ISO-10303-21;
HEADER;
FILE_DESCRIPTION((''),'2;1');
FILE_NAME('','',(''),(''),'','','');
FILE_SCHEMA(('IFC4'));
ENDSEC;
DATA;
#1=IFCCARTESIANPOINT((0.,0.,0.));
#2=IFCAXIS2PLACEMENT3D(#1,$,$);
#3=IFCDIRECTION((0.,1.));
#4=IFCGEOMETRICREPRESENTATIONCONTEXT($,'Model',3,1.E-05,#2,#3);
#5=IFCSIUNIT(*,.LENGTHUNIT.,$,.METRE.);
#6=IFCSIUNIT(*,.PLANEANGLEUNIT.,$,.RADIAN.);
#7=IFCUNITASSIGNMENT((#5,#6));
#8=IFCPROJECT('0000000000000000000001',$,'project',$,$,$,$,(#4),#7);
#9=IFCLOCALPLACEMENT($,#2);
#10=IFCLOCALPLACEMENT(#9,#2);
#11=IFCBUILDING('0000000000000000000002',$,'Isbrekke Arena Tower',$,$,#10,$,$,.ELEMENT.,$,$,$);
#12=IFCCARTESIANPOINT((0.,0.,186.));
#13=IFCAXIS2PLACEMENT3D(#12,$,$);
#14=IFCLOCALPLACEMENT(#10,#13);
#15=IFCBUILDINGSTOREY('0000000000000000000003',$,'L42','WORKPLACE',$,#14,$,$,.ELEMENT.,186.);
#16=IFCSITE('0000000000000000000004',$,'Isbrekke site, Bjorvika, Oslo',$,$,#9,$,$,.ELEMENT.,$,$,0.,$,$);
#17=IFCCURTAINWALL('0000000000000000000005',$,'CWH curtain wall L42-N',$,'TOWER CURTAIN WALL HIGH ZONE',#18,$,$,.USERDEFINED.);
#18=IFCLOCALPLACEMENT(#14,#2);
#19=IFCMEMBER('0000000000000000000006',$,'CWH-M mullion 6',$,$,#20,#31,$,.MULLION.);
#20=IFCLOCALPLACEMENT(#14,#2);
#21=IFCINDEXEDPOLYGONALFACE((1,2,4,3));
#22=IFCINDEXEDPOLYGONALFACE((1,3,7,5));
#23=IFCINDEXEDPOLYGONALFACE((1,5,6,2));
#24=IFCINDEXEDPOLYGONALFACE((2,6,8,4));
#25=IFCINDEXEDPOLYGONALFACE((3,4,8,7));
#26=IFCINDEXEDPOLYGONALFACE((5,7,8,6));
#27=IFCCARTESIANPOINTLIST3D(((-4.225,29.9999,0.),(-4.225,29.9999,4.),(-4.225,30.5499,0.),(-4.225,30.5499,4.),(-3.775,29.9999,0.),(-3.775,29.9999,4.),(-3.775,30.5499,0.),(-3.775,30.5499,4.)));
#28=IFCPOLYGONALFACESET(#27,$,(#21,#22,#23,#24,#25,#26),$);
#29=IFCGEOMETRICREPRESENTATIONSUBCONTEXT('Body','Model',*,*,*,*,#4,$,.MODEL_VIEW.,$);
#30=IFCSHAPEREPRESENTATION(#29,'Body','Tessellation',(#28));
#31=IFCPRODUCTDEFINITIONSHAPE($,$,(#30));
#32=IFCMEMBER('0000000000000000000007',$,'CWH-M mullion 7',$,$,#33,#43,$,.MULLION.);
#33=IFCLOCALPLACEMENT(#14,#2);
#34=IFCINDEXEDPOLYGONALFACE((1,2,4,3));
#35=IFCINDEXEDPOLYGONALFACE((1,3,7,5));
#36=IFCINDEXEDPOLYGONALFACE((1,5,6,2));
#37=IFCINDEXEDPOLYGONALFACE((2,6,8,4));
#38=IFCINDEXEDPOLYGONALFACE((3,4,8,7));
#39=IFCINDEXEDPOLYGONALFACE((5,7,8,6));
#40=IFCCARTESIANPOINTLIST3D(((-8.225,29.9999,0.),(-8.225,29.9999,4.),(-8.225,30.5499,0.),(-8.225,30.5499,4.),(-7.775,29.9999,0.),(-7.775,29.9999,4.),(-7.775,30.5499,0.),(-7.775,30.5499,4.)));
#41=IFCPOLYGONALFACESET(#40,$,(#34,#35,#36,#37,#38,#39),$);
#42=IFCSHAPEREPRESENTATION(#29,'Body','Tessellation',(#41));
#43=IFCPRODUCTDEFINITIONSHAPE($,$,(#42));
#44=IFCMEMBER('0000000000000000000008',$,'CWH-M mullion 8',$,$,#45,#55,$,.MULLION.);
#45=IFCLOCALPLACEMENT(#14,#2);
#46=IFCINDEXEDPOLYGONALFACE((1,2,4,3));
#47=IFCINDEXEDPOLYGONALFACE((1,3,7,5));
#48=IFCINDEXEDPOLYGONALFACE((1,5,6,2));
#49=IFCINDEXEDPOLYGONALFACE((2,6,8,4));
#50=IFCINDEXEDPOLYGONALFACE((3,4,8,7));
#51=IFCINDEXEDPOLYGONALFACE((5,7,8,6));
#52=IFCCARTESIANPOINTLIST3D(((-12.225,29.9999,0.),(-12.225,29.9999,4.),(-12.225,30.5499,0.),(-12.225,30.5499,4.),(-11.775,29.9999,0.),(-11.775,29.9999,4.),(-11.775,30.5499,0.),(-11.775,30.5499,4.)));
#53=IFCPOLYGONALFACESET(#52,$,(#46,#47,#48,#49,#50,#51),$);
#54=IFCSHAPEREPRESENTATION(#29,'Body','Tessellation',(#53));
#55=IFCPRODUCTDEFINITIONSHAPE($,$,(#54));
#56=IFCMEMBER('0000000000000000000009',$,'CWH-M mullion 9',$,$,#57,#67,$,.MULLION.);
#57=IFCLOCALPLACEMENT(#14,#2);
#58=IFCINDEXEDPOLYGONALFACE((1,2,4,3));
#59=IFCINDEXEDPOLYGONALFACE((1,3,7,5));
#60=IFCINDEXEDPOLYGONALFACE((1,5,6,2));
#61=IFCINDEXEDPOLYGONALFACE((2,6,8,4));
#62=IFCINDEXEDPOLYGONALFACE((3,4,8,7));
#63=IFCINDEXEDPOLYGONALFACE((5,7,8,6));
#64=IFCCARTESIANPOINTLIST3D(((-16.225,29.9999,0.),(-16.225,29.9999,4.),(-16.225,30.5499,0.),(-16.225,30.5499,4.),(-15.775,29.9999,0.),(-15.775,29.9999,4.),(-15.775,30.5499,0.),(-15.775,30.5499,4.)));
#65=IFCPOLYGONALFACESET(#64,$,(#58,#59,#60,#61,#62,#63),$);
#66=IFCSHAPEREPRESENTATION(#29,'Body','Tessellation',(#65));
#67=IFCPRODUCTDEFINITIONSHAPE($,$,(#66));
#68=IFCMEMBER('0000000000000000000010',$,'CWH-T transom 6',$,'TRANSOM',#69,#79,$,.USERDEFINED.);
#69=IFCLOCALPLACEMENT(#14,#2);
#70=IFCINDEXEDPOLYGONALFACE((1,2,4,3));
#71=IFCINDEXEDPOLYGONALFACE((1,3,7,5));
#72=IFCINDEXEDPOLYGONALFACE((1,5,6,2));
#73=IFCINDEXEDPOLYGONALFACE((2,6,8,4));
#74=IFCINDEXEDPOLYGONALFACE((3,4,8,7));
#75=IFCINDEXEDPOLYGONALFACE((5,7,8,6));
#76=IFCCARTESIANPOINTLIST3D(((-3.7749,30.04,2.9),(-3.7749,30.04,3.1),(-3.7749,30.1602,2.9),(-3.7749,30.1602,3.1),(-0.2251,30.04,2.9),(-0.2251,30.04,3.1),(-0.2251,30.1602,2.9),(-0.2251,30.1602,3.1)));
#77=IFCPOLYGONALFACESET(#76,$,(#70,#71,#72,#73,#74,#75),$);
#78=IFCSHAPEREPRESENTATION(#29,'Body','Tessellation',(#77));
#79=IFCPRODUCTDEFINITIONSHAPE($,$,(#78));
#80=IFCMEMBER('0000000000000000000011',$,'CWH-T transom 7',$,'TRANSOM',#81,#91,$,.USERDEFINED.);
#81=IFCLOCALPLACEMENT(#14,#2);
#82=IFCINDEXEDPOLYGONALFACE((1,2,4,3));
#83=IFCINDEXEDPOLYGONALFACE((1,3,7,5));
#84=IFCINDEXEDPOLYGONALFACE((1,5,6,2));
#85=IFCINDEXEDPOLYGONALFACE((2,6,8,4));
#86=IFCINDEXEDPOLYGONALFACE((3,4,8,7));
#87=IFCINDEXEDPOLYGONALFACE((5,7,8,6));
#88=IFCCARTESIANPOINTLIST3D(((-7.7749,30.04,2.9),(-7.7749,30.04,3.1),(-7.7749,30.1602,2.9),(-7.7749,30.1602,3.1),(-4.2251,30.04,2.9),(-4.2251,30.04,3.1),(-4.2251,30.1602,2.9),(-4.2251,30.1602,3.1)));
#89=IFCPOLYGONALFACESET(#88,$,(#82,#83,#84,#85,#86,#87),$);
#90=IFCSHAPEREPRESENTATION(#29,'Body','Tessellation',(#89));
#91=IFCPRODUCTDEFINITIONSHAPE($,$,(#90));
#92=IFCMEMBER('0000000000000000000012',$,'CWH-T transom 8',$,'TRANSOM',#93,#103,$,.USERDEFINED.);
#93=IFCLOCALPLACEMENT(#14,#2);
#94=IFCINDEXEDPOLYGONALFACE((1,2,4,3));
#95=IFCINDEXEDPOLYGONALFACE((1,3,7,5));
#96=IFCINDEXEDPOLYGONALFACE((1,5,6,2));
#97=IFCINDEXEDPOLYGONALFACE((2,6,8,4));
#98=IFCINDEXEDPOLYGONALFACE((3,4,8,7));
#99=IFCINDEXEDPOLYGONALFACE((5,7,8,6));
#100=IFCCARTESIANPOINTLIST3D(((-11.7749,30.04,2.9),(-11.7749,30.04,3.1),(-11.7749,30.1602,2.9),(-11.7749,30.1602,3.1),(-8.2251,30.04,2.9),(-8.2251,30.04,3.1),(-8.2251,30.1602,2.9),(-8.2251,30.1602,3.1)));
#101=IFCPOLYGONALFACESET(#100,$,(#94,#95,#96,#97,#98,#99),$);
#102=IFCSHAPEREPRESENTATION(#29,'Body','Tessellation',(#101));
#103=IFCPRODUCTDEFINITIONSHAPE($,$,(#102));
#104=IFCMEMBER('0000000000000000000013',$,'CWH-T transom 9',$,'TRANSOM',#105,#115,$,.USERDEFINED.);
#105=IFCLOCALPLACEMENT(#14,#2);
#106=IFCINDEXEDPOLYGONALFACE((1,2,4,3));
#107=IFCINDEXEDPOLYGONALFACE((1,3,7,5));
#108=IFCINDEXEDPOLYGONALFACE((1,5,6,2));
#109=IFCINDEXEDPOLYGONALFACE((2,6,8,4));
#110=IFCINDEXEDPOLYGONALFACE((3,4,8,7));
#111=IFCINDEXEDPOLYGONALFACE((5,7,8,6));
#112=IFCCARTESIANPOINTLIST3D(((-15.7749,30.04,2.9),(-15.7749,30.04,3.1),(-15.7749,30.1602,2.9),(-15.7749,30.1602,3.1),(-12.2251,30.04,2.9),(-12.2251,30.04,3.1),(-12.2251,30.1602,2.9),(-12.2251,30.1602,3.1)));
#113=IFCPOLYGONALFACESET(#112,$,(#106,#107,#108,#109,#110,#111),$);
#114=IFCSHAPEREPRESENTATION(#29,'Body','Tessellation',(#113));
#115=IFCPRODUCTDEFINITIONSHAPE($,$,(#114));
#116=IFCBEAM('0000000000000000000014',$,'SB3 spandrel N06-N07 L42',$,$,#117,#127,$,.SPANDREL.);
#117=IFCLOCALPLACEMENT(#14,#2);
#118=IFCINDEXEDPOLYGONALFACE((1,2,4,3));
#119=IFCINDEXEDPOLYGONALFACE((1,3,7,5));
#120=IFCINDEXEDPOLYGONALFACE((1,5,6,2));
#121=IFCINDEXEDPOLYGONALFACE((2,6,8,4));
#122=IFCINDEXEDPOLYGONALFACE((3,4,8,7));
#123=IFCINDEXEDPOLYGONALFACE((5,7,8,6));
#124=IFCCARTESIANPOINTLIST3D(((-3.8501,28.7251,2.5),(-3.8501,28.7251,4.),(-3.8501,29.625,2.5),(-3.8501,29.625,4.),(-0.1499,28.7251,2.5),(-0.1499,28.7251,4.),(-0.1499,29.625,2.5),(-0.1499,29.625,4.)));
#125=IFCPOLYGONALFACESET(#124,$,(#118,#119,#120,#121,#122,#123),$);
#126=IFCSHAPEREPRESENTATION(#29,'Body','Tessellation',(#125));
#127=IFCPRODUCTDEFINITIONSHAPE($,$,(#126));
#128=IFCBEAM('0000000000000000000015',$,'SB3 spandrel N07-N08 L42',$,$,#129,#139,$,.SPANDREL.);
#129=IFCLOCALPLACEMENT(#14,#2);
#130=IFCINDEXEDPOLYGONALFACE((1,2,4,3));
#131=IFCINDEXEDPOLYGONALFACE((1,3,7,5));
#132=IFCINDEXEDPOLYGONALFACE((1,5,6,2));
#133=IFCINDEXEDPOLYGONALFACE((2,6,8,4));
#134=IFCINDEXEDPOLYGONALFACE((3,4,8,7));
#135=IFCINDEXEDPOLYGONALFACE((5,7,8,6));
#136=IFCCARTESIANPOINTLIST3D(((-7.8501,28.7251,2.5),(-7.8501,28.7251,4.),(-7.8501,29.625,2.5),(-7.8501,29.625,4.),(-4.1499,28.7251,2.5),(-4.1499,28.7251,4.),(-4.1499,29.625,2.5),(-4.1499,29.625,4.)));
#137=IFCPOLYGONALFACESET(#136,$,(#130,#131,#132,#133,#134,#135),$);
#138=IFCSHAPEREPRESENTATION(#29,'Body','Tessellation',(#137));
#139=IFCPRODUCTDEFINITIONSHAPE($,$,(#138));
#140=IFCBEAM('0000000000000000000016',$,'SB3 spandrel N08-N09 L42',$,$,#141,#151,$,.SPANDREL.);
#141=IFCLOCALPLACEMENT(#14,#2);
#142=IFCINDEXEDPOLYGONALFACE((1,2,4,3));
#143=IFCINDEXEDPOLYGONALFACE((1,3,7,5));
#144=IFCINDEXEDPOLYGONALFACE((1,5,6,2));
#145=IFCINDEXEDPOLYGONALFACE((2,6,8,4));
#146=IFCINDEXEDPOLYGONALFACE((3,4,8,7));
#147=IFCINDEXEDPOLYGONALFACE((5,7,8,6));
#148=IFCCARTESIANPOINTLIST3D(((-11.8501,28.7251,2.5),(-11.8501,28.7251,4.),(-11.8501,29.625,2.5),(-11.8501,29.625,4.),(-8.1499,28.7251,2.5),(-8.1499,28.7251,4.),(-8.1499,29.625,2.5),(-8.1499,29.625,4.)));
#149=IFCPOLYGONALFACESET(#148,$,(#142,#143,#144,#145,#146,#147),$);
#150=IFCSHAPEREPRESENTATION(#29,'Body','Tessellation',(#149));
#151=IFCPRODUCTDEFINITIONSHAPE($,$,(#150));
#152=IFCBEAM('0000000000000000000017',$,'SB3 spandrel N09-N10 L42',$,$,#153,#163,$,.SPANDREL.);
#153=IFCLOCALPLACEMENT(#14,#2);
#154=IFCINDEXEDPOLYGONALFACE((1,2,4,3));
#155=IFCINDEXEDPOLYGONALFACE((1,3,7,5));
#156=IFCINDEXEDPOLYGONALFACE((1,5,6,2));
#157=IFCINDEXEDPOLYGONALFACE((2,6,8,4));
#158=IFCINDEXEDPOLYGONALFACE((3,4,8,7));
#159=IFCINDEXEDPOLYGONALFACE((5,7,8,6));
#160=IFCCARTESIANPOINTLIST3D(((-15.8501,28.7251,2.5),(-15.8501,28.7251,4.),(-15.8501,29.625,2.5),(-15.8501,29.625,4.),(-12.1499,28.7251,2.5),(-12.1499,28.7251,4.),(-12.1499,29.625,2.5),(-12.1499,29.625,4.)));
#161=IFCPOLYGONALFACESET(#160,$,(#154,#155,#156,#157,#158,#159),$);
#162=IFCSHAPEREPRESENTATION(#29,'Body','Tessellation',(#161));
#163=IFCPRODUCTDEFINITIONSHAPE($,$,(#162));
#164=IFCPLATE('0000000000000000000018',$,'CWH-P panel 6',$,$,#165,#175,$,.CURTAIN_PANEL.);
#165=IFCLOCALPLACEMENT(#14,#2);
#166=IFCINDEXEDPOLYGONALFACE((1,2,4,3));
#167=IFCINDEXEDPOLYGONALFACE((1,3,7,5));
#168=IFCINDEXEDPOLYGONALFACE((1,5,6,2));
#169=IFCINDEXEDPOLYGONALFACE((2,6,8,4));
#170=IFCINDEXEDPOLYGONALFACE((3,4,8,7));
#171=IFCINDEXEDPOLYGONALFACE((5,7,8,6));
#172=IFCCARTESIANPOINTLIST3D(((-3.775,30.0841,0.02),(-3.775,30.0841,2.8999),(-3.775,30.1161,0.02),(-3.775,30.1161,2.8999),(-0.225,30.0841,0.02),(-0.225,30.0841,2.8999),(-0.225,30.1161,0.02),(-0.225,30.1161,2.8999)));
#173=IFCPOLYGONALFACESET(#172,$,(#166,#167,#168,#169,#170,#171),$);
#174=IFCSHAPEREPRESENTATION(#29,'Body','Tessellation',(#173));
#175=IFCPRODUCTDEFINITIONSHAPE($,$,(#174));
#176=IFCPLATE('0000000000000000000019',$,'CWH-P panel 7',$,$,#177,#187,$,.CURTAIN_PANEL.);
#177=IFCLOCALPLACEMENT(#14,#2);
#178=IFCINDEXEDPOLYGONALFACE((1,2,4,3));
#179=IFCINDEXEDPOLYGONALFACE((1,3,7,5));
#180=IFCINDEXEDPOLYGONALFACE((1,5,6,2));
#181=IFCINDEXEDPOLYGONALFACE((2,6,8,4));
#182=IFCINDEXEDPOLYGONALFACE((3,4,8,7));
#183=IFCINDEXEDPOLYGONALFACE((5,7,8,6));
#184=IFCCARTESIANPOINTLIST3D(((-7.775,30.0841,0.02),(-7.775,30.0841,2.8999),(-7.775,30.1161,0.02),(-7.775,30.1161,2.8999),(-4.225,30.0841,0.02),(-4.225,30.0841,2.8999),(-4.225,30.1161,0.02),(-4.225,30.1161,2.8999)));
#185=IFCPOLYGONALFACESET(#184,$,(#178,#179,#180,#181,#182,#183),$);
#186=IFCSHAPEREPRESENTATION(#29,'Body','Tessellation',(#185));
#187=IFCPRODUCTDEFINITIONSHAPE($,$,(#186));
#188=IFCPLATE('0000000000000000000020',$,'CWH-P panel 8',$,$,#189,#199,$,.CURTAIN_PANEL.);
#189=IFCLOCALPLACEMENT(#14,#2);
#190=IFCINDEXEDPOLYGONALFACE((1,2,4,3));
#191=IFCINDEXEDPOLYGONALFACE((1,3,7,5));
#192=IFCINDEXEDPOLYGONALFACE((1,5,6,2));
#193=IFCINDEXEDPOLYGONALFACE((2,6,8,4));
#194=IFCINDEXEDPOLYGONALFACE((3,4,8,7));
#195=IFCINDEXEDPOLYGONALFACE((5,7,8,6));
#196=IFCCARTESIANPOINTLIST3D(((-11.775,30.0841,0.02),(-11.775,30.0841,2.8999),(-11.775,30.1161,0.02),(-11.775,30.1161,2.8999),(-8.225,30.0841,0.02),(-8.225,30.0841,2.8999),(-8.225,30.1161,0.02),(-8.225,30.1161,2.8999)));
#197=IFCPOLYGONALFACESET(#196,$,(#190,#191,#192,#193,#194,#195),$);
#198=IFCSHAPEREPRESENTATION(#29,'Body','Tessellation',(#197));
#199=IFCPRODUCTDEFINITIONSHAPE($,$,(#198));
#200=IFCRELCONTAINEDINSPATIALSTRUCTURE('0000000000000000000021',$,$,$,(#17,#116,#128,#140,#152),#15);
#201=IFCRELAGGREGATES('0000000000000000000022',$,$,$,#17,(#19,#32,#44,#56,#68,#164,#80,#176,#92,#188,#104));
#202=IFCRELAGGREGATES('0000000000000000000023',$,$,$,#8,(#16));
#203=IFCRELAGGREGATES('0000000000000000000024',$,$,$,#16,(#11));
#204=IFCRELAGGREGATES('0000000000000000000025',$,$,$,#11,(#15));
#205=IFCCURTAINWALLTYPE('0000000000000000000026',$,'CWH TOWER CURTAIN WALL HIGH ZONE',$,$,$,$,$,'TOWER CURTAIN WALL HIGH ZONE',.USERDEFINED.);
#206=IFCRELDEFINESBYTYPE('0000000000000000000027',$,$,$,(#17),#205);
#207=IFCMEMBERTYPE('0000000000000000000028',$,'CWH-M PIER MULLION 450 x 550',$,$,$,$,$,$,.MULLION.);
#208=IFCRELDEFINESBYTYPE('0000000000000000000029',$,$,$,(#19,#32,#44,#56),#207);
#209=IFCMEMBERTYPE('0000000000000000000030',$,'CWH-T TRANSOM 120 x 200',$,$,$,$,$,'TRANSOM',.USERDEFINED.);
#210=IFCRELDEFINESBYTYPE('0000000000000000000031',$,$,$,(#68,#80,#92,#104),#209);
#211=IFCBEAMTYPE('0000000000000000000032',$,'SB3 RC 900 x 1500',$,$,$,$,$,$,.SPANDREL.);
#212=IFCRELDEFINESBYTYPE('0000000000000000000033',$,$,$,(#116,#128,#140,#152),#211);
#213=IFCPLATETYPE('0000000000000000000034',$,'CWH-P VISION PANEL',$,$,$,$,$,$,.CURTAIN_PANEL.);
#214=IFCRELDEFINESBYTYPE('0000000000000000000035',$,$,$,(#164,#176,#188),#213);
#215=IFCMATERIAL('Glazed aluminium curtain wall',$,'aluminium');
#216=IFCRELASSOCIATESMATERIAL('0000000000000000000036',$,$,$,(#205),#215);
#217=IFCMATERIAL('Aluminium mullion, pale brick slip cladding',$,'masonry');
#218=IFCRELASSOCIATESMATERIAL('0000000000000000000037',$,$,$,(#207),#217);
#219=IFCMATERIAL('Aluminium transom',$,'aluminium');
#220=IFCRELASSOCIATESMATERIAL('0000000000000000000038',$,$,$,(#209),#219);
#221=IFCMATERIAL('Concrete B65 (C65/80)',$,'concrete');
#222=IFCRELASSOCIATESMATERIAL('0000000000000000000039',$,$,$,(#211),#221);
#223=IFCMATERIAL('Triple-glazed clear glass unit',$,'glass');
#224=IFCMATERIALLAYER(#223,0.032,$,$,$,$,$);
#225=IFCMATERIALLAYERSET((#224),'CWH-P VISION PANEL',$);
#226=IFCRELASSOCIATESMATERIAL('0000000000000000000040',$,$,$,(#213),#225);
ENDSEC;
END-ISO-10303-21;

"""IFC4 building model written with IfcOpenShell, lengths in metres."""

from ifc_helpers import new_model, si_unit, direction, frame, origin, origin_2d, place, context, subcontext, project, spatial, rectangle, extrude, material, layer, layer_set, material_profile, profile_set, type_object, element, aggregate, save


model = new_model("IFC4")

# Units and contexts
model_context = context("Model", 3, precision=1e-05, world=origin(), true_north=direction((0.0, 1.0)))
body_context = subcontext(model_context, "Body", "Model", "MODEL_VIEW")
ifc_project = project(units=[si_unit("LENGTHUNIT", "METRE"), si_unit("PLANEANGLEUNIT", "RADIAN")], contexts=[model_context])

# Site, building, storey
site_placement = place(None, origin())
site = spatial("IfcSite", under=ifc_project, at=site_placement, Name="Isbrekke site, Bjorvika, Oslo", CompositionType="ELEMENT", RefElevation=0.0)
building_placement = place(site_placement, origin())
building = spatial("IfcBuilding", under=site, at=building_placement, Name="Isbrekke Arena Tower", CompositionType="ELEMENT")
storey_placement = place(building_placement, frame((0.0, 0.0, 186.0)))
storey = spatial("IfcBuildingStorey", under=building, at=storey_placement, Name="L42", Description="WORKPLACE", CompositionType="ELEMENT", Elevation=186.0)

# Curtain wall, members
ifc_material_1 = material(Name="Glazed aluminium curtain wall", Category="aluminium")
curtain_wall_type = type_object("IfcCurtainWallType", Name="CWH TOWER CURTAIN WALL HIGH ZONE", ElementType="TOWER CURTAIN WALL HIGH ZONE", PredefinedType="USERDEFINED", material=ifc_material_1)
curtain_wall_placement = place(storey_placement, origin())
curtain_wall = element("IfcCurtainWall", 1, at=curtain_wall_placement, inside=storey, type_object=curtain_wall_type, Name="CWH curtain wall L42-N", ObjectType="TOWER CURTAIN WALL HIGH ZONE", PredefinedType="USERDEFINED")
ifc_material_2 = material(Name="Aluminium mullion, pale brick slip cladding", Category="masonry")
ifc_material_profile_1 = material_profile(ifc_material_2, rectangle(XDim=0.45, YDim=0.55, at=origin_2d()), Name="PIER 450X550")
ifc_profile_set_1 = profile_set([ifc_material_profile_1], Name="Aluminium mullion, pale brick slip cladding")
member_type_1 = type_object("IfcMemberType", Name="CWH-M PIER MULLION 450 x 550", PredefinedType="MULLION", material=ifc_profile_set_1)
member_1_placement = place(storey_placement, frame((-4.0, 30.2749, 0.0), z_axis=(0.0, 0.0, 1.0), x_axis=(-1.0, 0.0, 0.0)))
member_1 = element("IfcMember", 2, at=member_1_placement, type_object=member_type_1, Name="CWH-M mullion 6", PredefinedType="MULLION", context=body_context, shape_type="SweptSolid", body=[
    extrude(rectangle(XDim=0.45, YDim=0.55, at=origin_2d()), origin(), (0.0, 0.0, 1.0), 4.0),
])
member_2_placement = place(storey_placement, frame((-8.0, 30.2749, 0.0), z_axis=(0.0, 0.0, 1.0), x_axis=(-1.0, 0.0, 0.0)))
member_2 = element("IfcMember", 3, at=member_2_placement, type_object=member_type_1, Name="CWH-M mullion 7", PredefinedType="MULLION", context=body_context, shape_type="SweptSolid", body=[
    extrude(rectangle(XDim=0.45, YDim=0.55, at=origin_2d()), origin(), (0.0, 0.0, 1.0), 4.0),
])
member_3_placement = place(storey_placement, frame((-12.0, 30.2749, 0.0), z_axis=(0.0, 0.0, 1.0), x_axis=(-1.0, 0.0, 0.0)))
member_3 = element("IfcMember", 4, at=member_3_placement, type_object=member_type_1, Name="CWH-M mullion 8", PredefinedType="MULLION", context=body_context, shape_type="SweptSolid", body=[
    extrude(rectangle(XDim=0.45, YDim=0.55, at=origin_2d()), origin(), (0.0, 0.0, 1.0), 4.0),
])
member_4_placement = place(storey_placement, frame((-16.0, 30.2749, 0.0), z_axis=(0.0, 0.0, 1.0), x_axis=(-1.0, 0.0, 0.0)))
member_4 = element("IfcMember", 5, at=member_4_placement, type_object=member_type_1, Name="CWH-M mullion 9", PredefinedType="MULLION", context=body_context, shape_type="SweptSolid", body=[
    extrude(rectangle(XDim=0.45, YDim=0.55, at=origin_2d()), origin(), (0.0, 0.0, 1.0), 4.0),
])
ifc_material_3 = material(Name="Aluminium transom", Category="aluminium")
ifc_material_profile_2 = material_profile(ifc_material_3, rectangle(XDim=0.1201, YDim=0.2, at=origin_2d()), Name="TRANSOM 120X200")
ifc_profile_set_2 = profile_set([ifc_material_profile_2], Name="Aluminium transom")
member_type_2 = type_object("IfcMemberType", Name="CWH-T TRANSOM 120 x 200", ElementType="TRANSOM", PredefinedType="USERDEFINED", material=ifc_profile_set_2)
member_5_placement = place(storey_placement, frame((-0.2251, 30.1001, 3.0), z_axis=(-1.0, 0.0, 0.0), x_axis=(0.0, -1.0, 0.0)))
member_5 = element("IfcMember", 6, at=member_5_placement, type_object=member_type_2, Name="CWH-T transom 6", ObjectType="TRANSOM", PredefinedType="USERDEFINED", context=body_context, shape_type="SweptSolid", body=[
    extrude(rectangle(XDim=0.1201, YDim=0.2, at=origin_2d()), origin(), (0.0, 0.0, 1.0), 3.5498),
])
member_6_placement = place(storey_placement, frame((-4.2251, 30.1001, 3.0), z_axis=(-1.0, 0.0, 0.0), x_axis=(0.0, -1.0, 0.0)))
member_6 = element("IfcMember", 7, at=member_6_placement, type_object=member_type_2, Name="CWH-T transom 7", ObjectType="TRANSOM", PredefinedType="USERDEFINED", context=body_context, shape_type="SweptSolid", body=[
    extrude(rectangle(XDim=0.1201, YDim=0.2, at=origin_2d()), origin(), (0.0, 0.0, 1.0), 3.5498),
])
member_7_placement = place(storey_placement, frame((-8.2251, 30.1001, 3.0), z_axis=(-1.0, 0.0, 0.0), x_axis=(0.0, -1.0, 0.0)))
member_7 = element("IfcMember", 8, at=member_7_placement, type_object=member_type_2, Name="CWH-T transom 8", ObjectType="TRANSOM", PredefinedType="USERDEFINED", context=body_context, shape_type="SweptSolid", body=[
    extrude(rectangle(XDim=0.1201, YDim=0.2, at=origin_2d()), origin(), (0.0, 0.0, 1.0), 3.5498),
])
member_8_placement = place(storey_placement, frame((-12.2251, 30.1001, 3.0), z_axis=(-1.0, 0.0, 0.0), x_axis=(0.0, -1.0, 0.0)))
member_8 = element("IfcMember", 9, at=member_8_placement, type_object=member_type_2, Name="CWH-T transom 9", ObjectType="TRANSOM", PredefinedType="USERDEFINED", context=body_context, shape_type="SweptSolid", body=[
    extrude(rectangle(XDim=0.1201, YDim=0.2, at=origin_2d()), origin(), (0.0, 0.0, 1.0), 3.5498),
])

# Beams
ifc_material_4 = material(Name="Concrete B65 (C65/80)", Category="concrete")
ifc_material_profile_3 = material_profile(ifc_material_4, rectangle(XDim=0.8999, YDim=1.5, at=origin_2d()), Name="RC 900x1500")
ifc_profile_set_3 = profile_set([ifc_material_profile_3], Name="Concrete B65 (C65/80)")
beam_type_1 = type_object("IfcBeamType", Name="SB3 RC 900 x 1500", PredefinedType="SPANDREL", material=ifc_profile_set_3)
for number, where, z_axis, x_axis, name in (
    (10, (-0.1499, 29.175, 3.25), (-1.0, 0.0, 0.0), (0.0, -1.0, 0.0), "SB3 spandrel N06-N07 L42"),
    (11, (-4.1499, 29.175, 3.25), (-1.0, 0.0, 0.0), (0.0, -1.0, 0.0), "SB3 spandrel N07-N08 L42"),
    (12, (-8.1499, 29.175, 3.25), (-1.0, 0.0, 0.0), (0.0, -1.0, 0.0), "SB3 spandrel N08-N09 L42"),
    (13, (-12.1499, 29.175, 3.25), (-1.0, 0.0, 0.0), (0.0, -1.0, 0.0), "SB3 spandrel N09-N10 L42"),
):
    element("IfcBeam", number, at=place(storey_placement, frame(where, z_axis=z_axis, x_axis=x_axis)), inside=storey, type_object=beam_type_1, Name=name, PredefinedType="SPANDREL", context=body_context, shape_type="SweptSolid", body=[
        extrude(rectangle(XDim=0.8999, YDim=1.5, at=origin_2d()), origin(), (0.0, 0.0, 1.0), 3.7002),
    ])

# Plates
ifc_material_5 = material(Name="Triple-glazed clear glass unit", Category="glass")
ifc_layer_1 = layer(ifc_material_5, 0.032)
ifc_layer_set_1 = layer_set([ifc_layer_1], Name="CWH-P VISION PANEL")
plate_type = type_object("IfcPlateType", Name="CWH-P VISION PANEL", PredefinedType="CURTAIN_PANEL", material=ifc_layer_set_1)
plate_1_placement = place(storey_placement, frame((-2.0, 30.1001, 0.02), z_axis=(0.0, 0.0, 1.0), x_axis=(-1.0, 0.0, 0.0)))
plate_1 = element("IfcPlate", 14, at=plate_1_placement, type_object=plate_type, Name="CWH-P panel 6", PredefinedType="CURTAIN_PANEL", context=body_context, shape_type="SweptSolid", body=[
    extrude(rectangle(XDim=3.55, YDim=0.032, at=origin_2d()), origin(), (0.0, 0.0, 1.0), 2.8799),
])
plate_2_placement = place(storey_placement, frame((-6.0, 30.1001, 0.02), z_axis=(0.0, 0.0, 1.0), x_axis=(-1.0, 0.0, 0.0)))
plate_2 = element("IfcPlate", 15, at=plate_2_placement, type_object=plate_type, Name="CWH-P panel 7", PredefinedType="CURTAIN_PANEL", context=body_context, shape_type="SweptSolid", body=[
    extrude(rectangle(XDim=3.55, YDim=0.032, at=origin_2d()), origin(), (0.0, 0.0, 1.0), 2.8799),
])
plate_3_placement = place(storey_placement, frame((-10.0, 30.1001, 0.02), z_axis=(0.0, 0.0, 1.0), x_axis=(-1.0, 0.0, 0.0)))
plate_3 = element("IfcPlate", 16, at=plate_3_placement, type_object=plate_type, Name="CWH-P panel 8", PredefinedType="CURTAIN_PANEL", context=body_context, shape_type="SweptSolid", body=[
    extrude(rectangle(XDim=3.55, YDim=0.032, at=origin_2d()), origin(), (0.0, 0.0, 1.0), 2.8799),
])
aggregate(curtain_wall, [member_1, member_2, member_3, member_4, member_5, plate_1, member_6, plate_2, member_7, plate_3, member_8])

save(model, "model.ifc")
